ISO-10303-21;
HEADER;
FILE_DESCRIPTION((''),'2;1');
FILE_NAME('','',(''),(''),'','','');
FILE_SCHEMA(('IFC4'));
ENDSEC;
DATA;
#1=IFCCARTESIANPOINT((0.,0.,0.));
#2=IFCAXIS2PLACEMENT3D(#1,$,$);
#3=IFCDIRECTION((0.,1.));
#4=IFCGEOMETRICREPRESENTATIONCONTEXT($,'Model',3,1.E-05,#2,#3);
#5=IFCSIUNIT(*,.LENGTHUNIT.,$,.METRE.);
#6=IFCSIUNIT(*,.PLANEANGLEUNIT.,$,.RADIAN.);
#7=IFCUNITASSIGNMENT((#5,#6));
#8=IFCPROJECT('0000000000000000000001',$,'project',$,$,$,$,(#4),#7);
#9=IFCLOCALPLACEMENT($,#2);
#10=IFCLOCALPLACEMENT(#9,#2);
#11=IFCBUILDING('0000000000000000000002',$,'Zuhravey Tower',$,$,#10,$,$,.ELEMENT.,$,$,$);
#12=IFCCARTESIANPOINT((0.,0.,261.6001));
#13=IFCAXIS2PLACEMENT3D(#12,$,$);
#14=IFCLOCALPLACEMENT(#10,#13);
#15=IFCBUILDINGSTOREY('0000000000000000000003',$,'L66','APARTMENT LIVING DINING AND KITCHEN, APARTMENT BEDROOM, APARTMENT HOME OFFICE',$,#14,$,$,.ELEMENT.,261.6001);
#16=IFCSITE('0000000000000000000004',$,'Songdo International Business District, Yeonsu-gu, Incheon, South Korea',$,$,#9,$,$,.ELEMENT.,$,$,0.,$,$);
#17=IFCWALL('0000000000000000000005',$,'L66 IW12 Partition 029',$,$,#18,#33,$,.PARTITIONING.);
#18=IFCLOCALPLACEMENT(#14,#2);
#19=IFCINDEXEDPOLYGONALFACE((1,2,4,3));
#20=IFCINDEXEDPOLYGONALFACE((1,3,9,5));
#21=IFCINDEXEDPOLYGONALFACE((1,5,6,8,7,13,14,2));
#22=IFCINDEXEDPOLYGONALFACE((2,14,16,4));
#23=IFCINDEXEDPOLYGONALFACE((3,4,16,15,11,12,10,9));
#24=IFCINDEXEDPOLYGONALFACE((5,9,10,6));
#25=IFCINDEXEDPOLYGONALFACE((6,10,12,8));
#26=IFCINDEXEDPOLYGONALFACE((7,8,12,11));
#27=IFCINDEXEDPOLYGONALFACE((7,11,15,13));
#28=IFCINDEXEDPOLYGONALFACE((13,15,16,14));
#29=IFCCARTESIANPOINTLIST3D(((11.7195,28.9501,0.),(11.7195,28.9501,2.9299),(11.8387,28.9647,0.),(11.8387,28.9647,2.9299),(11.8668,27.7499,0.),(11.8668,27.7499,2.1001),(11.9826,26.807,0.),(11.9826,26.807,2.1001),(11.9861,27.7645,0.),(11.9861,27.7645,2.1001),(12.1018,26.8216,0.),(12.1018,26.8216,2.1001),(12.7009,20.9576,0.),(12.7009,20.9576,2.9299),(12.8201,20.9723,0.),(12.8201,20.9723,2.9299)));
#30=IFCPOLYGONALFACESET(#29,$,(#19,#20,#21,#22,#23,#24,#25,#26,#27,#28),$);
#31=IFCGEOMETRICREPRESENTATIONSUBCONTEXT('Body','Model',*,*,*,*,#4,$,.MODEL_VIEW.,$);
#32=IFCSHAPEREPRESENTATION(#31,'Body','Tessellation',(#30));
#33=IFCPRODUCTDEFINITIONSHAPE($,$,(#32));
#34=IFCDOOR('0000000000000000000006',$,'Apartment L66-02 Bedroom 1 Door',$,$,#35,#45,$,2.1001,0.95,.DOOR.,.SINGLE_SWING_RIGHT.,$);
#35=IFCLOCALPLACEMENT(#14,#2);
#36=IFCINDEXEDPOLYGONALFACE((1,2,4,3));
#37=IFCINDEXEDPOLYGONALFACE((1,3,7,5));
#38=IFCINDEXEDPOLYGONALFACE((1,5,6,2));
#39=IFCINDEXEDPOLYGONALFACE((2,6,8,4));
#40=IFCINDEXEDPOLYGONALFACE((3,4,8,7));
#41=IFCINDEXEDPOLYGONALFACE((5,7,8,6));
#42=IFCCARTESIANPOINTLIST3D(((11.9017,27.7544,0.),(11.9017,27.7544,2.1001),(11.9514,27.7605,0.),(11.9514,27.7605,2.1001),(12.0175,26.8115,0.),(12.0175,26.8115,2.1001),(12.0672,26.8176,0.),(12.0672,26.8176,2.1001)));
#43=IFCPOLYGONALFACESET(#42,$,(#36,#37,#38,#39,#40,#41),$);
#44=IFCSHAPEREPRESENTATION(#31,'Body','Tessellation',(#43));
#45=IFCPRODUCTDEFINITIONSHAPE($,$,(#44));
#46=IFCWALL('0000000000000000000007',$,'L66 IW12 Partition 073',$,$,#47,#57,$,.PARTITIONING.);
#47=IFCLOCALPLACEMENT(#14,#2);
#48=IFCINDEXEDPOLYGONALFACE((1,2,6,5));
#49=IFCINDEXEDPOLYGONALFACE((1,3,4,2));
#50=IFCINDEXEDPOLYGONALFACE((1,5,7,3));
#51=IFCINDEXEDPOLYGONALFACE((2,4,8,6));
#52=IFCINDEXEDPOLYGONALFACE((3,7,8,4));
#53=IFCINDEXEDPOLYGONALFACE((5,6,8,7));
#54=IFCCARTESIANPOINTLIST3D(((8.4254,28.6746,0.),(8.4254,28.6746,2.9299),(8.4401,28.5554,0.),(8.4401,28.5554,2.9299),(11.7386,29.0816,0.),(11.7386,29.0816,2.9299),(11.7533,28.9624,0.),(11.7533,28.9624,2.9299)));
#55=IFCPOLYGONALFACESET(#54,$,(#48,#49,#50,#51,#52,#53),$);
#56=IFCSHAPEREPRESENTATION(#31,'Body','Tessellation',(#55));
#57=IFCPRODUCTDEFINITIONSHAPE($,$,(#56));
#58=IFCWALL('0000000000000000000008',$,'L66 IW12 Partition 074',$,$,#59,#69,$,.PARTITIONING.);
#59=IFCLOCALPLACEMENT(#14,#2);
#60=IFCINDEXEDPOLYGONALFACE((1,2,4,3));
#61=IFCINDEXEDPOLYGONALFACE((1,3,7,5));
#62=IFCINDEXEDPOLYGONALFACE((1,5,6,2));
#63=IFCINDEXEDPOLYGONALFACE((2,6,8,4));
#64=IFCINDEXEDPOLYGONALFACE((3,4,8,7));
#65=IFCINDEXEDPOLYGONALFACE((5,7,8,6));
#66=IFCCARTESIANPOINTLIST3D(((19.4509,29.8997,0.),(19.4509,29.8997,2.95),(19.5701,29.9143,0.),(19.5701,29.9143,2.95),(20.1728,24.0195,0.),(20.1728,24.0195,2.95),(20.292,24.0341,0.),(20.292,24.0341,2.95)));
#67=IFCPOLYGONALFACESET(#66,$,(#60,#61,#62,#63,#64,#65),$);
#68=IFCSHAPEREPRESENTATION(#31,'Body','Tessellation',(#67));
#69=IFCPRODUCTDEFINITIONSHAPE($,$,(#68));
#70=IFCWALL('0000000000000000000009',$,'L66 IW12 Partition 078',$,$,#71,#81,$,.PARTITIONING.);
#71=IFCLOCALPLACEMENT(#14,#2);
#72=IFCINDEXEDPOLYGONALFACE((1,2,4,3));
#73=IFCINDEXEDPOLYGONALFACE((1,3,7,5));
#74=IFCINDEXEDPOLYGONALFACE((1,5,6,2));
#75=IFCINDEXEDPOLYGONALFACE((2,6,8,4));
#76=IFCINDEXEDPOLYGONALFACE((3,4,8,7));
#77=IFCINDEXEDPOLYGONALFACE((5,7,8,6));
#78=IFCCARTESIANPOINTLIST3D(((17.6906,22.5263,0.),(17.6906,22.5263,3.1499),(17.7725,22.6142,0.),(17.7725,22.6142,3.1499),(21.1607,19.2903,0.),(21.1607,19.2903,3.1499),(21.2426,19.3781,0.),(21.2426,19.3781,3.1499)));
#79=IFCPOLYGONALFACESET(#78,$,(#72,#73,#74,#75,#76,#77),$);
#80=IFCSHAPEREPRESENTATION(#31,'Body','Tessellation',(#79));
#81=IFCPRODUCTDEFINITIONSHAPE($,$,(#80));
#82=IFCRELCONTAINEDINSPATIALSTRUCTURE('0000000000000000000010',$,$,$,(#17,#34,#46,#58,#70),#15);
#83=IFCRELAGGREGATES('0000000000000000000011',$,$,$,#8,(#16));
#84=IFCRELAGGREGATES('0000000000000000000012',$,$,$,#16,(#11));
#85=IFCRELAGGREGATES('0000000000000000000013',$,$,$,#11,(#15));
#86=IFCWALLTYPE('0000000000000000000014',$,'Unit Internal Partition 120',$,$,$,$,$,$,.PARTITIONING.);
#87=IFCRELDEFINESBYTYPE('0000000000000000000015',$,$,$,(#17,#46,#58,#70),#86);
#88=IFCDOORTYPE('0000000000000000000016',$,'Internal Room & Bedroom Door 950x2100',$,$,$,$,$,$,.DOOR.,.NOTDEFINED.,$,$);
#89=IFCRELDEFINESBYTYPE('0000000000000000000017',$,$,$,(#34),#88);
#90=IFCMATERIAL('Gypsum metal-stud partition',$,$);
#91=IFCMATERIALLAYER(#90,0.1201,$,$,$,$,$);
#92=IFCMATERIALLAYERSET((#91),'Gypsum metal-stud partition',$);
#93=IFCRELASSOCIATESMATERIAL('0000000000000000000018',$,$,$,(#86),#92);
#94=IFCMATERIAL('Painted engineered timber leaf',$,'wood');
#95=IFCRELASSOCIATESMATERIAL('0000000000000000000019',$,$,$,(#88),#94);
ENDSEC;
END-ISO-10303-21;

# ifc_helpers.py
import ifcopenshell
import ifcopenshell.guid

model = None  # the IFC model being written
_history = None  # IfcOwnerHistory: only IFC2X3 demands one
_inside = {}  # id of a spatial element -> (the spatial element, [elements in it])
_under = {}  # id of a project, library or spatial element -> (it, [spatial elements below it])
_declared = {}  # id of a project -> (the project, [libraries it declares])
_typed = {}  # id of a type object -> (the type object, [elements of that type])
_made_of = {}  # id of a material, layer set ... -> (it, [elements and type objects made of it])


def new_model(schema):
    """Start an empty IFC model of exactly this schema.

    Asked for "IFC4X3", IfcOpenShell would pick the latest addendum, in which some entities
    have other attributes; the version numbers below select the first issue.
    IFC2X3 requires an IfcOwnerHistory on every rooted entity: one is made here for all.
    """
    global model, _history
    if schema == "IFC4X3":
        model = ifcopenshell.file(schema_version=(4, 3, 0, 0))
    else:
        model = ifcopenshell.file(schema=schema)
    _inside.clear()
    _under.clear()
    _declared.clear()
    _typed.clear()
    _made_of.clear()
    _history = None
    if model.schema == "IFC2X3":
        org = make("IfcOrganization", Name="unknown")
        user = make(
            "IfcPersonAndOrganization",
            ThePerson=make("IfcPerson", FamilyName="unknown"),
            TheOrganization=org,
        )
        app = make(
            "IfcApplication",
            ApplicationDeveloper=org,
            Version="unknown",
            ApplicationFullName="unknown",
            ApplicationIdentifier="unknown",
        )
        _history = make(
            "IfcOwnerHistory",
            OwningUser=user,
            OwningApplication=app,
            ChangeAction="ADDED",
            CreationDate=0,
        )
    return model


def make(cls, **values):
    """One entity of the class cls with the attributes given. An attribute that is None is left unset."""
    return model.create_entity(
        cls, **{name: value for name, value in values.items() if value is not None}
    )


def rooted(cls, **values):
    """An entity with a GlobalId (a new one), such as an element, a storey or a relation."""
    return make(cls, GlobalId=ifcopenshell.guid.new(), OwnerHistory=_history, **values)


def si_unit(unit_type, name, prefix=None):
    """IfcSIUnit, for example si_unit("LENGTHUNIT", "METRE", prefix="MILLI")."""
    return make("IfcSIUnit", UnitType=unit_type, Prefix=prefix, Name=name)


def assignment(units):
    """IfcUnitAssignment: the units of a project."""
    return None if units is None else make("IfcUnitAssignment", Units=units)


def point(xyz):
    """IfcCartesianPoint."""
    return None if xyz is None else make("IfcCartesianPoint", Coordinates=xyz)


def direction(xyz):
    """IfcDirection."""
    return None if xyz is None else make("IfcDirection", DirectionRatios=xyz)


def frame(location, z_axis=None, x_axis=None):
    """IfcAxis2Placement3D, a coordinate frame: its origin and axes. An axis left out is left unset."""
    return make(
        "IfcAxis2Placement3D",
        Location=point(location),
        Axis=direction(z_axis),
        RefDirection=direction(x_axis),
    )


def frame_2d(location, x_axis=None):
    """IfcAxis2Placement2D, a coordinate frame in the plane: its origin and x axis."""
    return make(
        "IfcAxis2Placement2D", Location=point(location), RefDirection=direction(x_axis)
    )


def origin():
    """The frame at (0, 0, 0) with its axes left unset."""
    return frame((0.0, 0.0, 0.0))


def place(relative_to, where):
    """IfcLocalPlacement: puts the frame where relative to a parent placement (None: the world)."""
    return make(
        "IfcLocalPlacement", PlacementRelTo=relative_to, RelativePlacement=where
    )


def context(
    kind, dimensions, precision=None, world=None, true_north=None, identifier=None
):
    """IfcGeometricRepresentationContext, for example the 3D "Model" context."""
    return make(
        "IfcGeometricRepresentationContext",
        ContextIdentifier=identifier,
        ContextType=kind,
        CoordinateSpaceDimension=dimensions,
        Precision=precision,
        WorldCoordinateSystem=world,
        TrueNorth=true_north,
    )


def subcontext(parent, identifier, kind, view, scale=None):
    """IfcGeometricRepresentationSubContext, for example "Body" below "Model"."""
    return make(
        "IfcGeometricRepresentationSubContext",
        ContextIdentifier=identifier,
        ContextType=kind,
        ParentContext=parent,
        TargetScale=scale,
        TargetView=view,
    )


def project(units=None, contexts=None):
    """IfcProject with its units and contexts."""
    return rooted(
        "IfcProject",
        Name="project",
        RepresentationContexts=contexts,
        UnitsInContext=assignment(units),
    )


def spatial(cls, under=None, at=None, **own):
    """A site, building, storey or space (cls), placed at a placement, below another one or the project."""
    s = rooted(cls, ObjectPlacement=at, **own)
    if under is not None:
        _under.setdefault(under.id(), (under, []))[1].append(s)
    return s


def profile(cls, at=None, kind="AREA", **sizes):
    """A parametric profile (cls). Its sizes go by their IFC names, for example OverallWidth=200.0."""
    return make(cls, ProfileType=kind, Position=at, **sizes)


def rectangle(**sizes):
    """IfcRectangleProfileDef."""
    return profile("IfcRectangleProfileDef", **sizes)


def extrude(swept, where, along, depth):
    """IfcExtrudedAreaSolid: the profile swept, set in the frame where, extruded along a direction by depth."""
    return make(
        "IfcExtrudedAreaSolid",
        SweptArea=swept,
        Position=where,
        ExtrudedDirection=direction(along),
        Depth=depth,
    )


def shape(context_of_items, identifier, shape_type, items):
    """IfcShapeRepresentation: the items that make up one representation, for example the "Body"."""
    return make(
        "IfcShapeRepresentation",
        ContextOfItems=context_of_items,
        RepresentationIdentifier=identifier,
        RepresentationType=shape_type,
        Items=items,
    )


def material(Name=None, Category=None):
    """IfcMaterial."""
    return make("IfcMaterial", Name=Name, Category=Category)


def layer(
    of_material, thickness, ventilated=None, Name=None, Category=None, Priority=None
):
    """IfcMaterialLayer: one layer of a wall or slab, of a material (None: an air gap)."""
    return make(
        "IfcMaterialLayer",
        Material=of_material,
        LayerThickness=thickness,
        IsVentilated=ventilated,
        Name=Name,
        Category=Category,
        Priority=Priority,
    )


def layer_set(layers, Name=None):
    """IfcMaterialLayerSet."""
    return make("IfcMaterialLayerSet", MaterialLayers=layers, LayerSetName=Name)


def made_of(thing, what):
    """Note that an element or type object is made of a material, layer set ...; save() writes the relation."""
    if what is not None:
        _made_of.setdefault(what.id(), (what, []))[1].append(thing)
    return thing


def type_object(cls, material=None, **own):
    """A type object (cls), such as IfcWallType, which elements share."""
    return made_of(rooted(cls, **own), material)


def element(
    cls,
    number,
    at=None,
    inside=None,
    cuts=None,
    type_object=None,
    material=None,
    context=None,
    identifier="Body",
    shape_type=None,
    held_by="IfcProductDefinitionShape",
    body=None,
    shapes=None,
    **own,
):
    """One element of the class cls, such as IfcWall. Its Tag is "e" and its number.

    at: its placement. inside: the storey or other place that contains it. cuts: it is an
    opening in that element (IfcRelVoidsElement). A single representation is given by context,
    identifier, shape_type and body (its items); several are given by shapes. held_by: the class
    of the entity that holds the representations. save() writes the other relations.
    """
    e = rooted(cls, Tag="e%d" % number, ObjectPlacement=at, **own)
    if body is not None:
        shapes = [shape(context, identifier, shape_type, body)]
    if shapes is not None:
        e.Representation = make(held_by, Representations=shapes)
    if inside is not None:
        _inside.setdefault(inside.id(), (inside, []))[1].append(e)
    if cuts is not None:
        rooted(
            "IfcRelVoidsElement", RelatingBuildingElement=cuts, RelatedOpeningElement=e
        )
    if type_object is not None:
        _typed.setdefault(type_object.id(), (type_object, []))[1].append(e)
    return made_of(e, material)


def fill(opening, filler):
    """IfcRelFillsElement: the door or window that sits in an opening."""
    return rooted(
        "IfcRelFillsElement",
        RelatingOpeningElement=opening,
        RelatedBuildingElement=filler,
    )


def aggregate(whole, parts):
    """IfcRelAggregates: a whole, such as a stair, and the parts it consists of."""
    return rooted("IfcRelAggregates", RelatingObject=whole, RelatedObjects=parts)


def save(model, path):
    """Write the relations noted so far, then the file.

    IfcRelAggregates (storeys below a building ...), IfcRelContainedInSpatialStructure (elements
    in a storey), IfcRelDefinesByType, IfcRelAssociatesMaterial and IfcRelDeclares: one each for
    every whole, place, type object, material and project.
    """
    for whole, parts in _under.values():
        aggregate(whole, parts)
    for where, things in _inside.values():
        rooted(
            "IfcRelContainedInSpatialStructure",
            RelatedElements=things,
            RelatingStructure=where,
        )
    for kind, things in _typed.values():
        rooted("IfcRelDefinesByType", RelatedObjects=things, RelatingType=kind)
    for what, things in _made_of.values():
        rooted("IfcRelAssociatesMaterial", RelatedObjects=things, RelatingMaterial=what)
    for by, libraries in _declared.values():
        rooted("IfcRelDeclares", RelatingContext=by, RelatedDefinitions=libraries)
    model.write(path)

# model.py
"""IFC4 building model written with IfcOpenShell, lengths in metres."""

from ifc_helpers import new_model, si_unit, direction, frame, frame_2d, origin, place, context, subcontext, project, spatial, rectangle, extrude, material, layer, layer_set, type_object, element, fill, save


model = new_model("IFC4")

# Units and contexts
model_context = context("Model", 3, precision=1e-05, world=origin(), true_north=direction((0.0, 1.0)))
body_context = subcontext(model_context, "Body", "Model", "MODEL_VIEW")
ifc_project = project(units=[si_unit("LENGTHUNIT", "METRE"), si_unit("PLANEANGLEUNIT", "RADIAN")], contexts=[model_context])

# Site, building, storey
site_placement = place(None, origin())
site = spatial("IfcSite", under=ifc_project, at=site_placement, Name="Songdo International Business District, Yeonsu-gu, Incheon, South Korea", CompositionType="ELEMENT", RefElevation=0.0)
building_placement = place(site_placement, origin())
building = spatial("IfcBuilding", under=site, at=building_placement, Name="Zuhravey Tower", CompositionType="ELEMENT")
storey_placement = place(building_placement, frame((0.0, 0.0, 261.6001)))
storey = spatial("IfcBuildingStorey", under=building, at=storey_placement, Name="L66", Description="APARTMENT LIVING DINING AND KITCHEN, APARTMENT BEDROOM, APARTMENT HOME OFFICE", CompositionType="ELEMENT", Elevation=261.6001)

# Shared definitions
ifc_material_1 = material(Name="Gypsum metal-stud partition")
ifc_layer_1 = layer(ifc_material_1, 0.1201)
ifc_layer_set_1 = layer_set([ifc_layer_1], Name="Gypsum metal-stud partition")
wall_type_1 = type_object("IfcWallType", Name="Unit Internal Partition 120", PredefinedType="PARTITIONING", material=ifc_layer_set_1)
ifc_material_2 = material(Name="Painted engineered timber leaf", Category="wood")
door_type = type_object("IfcDoorType", Name="Internal Room & Bedroom Door 950x2100", OperationType="NOTDEFINED", PredefinedType="DOOR", material=ifc_material_2)

# Wall, opening, door
wall_1_placement = place(storey_placement, frame((11.7791, 28.9575, 0.0), z_axis=(0.0, 0.0, 1.0), x_axis=(0.121881, -0.992545, 0.0)))
wall_1 = element("IfcWall", 1, at=wall_1_placement, inside=storey, type_object=wall_type_1, Name="L66 IW12 Partition 029", PredefinedType="PARTITIONING", context=body_context, shape_type="SweptSolid", body=[
    extrude(rectangle(XDim=8.0525, YDim=0.1201, at=frame_2d((4.0264, 0.0))), origin(), (0.0, 0.0, 1.0), 2.9299),
])
opening_1_placement = place(wall_1_placement, frame((1.2092, 0.0, 0.0)))
opening_1 = element("IfcOpeningElement", 2, at=opening_1_placement, cuts=wall_1, PredefinedType="OPENING", context=body_context, shape_type="SweptSolid", body=[
    extrude(rectangle(XDim=0.95, YDim=2.1001, at=frame_2d((0.4751, 1.05))), frame((0.0, 0.072, 0.0), z_axis=(0.0, -1.0, 0.0), x_axis=(1.0, 0.0, 0.0)), (0.0, 0.0, 1.0), 0.144),
])
door_1_placement = place(opening_1_placement, frame((0.95, 0.0, 0.0), z_axis=(0.0, 0.0, 1.0), x_axis=(-1.0, 0.0, 0.0)))
door_1 = element("IfcDoor", 3, at=door_1_placement, inside=storey, type_object=door_type, Name="Apartment L66-02 Bedroom 1 Door", OperationType="SINGLE_SWING_RIGHT", OverallHeight=2.1001, OverallWidth=0.95, PredefinedType="DOOR", context=body_context, shape_type="SweptSolid", body=[
    extrude(rectangle(XDim=0.95, YDim=2.1001, at=frame_2d((0.4751, 1.05))), frame((0.0, 0.0249, 0.0), z_axis=(0.0, -1.0, 0.0), x_axis=(1.0, 0.0, 0.0)), (0.0, 0.0, 1.0), 0.05),
])
fill(opening_1, door_1)

# Walls
wall_2_placement = place(storey_placement, frame((11.7458, 29.022, 0.0), z_axis=(0.0, 0.0, 1.0), x_axis=(-0.99254, -0.121919, 0.0)))
element("IfcWall", 4, at=wall_2_placement, inside=storey, type_object=wall_type_1, Name="L66 IW12 Partition 073", PredefinedType="PARTITIONING", context=body_context, shape_type="SweptSolid", body=[
    extrude(rectangle(XDim=3.3381, YDim=0.1201, at=frame_2d((1.6689, 0.0))), origin(), (0.0, 0.0, 1.0), 2.9299),
])
wall_3_placement = place(storey_placement, frame((19.5105, 29.907, 0.0), z_axis=(0.0, 0.0, 1.0), x_axis=(0.121859, -0.992547, 0.0)))
element("IfcWall", 5, at=wall_3_placement, inside=storey, type_object=wall_type_1, Name="L66 IW12 Partition 074", PredefinedType="PARTITIONING", context=body_context, shape_type="SweptSolid", body=[
    extrude(rectangle(XDim=5.9243, YDim=0.1201, at=frame_2d((2.9622, 0.0))), origin(), (0.0, 0.0, 1.0), 2.95),
])
wall_4_placement = place(storey_placement, frame((17.7314, 22.5703, 0.0), z_axis=(0.0, 0.0, 1.0), x_axis=(0.731348, -0.682005, 0.0)))
element("IfcWall", 6, at=wall_4_placement, inside=storey, type_object=wall_type_1, Name="L66 IW12 Partition 078", PredefinedType="PARTITIONING", context=body_context, shape_type="SweptSolid", body=[
    extrude(rectangle(XDim=4.7449, YDim=0.1201, at=frame_2d((2.3726, 0.0))), origin(), (0.0, 0.0, 1.0), 3.1499),
])

save(model, "model.ifc")
